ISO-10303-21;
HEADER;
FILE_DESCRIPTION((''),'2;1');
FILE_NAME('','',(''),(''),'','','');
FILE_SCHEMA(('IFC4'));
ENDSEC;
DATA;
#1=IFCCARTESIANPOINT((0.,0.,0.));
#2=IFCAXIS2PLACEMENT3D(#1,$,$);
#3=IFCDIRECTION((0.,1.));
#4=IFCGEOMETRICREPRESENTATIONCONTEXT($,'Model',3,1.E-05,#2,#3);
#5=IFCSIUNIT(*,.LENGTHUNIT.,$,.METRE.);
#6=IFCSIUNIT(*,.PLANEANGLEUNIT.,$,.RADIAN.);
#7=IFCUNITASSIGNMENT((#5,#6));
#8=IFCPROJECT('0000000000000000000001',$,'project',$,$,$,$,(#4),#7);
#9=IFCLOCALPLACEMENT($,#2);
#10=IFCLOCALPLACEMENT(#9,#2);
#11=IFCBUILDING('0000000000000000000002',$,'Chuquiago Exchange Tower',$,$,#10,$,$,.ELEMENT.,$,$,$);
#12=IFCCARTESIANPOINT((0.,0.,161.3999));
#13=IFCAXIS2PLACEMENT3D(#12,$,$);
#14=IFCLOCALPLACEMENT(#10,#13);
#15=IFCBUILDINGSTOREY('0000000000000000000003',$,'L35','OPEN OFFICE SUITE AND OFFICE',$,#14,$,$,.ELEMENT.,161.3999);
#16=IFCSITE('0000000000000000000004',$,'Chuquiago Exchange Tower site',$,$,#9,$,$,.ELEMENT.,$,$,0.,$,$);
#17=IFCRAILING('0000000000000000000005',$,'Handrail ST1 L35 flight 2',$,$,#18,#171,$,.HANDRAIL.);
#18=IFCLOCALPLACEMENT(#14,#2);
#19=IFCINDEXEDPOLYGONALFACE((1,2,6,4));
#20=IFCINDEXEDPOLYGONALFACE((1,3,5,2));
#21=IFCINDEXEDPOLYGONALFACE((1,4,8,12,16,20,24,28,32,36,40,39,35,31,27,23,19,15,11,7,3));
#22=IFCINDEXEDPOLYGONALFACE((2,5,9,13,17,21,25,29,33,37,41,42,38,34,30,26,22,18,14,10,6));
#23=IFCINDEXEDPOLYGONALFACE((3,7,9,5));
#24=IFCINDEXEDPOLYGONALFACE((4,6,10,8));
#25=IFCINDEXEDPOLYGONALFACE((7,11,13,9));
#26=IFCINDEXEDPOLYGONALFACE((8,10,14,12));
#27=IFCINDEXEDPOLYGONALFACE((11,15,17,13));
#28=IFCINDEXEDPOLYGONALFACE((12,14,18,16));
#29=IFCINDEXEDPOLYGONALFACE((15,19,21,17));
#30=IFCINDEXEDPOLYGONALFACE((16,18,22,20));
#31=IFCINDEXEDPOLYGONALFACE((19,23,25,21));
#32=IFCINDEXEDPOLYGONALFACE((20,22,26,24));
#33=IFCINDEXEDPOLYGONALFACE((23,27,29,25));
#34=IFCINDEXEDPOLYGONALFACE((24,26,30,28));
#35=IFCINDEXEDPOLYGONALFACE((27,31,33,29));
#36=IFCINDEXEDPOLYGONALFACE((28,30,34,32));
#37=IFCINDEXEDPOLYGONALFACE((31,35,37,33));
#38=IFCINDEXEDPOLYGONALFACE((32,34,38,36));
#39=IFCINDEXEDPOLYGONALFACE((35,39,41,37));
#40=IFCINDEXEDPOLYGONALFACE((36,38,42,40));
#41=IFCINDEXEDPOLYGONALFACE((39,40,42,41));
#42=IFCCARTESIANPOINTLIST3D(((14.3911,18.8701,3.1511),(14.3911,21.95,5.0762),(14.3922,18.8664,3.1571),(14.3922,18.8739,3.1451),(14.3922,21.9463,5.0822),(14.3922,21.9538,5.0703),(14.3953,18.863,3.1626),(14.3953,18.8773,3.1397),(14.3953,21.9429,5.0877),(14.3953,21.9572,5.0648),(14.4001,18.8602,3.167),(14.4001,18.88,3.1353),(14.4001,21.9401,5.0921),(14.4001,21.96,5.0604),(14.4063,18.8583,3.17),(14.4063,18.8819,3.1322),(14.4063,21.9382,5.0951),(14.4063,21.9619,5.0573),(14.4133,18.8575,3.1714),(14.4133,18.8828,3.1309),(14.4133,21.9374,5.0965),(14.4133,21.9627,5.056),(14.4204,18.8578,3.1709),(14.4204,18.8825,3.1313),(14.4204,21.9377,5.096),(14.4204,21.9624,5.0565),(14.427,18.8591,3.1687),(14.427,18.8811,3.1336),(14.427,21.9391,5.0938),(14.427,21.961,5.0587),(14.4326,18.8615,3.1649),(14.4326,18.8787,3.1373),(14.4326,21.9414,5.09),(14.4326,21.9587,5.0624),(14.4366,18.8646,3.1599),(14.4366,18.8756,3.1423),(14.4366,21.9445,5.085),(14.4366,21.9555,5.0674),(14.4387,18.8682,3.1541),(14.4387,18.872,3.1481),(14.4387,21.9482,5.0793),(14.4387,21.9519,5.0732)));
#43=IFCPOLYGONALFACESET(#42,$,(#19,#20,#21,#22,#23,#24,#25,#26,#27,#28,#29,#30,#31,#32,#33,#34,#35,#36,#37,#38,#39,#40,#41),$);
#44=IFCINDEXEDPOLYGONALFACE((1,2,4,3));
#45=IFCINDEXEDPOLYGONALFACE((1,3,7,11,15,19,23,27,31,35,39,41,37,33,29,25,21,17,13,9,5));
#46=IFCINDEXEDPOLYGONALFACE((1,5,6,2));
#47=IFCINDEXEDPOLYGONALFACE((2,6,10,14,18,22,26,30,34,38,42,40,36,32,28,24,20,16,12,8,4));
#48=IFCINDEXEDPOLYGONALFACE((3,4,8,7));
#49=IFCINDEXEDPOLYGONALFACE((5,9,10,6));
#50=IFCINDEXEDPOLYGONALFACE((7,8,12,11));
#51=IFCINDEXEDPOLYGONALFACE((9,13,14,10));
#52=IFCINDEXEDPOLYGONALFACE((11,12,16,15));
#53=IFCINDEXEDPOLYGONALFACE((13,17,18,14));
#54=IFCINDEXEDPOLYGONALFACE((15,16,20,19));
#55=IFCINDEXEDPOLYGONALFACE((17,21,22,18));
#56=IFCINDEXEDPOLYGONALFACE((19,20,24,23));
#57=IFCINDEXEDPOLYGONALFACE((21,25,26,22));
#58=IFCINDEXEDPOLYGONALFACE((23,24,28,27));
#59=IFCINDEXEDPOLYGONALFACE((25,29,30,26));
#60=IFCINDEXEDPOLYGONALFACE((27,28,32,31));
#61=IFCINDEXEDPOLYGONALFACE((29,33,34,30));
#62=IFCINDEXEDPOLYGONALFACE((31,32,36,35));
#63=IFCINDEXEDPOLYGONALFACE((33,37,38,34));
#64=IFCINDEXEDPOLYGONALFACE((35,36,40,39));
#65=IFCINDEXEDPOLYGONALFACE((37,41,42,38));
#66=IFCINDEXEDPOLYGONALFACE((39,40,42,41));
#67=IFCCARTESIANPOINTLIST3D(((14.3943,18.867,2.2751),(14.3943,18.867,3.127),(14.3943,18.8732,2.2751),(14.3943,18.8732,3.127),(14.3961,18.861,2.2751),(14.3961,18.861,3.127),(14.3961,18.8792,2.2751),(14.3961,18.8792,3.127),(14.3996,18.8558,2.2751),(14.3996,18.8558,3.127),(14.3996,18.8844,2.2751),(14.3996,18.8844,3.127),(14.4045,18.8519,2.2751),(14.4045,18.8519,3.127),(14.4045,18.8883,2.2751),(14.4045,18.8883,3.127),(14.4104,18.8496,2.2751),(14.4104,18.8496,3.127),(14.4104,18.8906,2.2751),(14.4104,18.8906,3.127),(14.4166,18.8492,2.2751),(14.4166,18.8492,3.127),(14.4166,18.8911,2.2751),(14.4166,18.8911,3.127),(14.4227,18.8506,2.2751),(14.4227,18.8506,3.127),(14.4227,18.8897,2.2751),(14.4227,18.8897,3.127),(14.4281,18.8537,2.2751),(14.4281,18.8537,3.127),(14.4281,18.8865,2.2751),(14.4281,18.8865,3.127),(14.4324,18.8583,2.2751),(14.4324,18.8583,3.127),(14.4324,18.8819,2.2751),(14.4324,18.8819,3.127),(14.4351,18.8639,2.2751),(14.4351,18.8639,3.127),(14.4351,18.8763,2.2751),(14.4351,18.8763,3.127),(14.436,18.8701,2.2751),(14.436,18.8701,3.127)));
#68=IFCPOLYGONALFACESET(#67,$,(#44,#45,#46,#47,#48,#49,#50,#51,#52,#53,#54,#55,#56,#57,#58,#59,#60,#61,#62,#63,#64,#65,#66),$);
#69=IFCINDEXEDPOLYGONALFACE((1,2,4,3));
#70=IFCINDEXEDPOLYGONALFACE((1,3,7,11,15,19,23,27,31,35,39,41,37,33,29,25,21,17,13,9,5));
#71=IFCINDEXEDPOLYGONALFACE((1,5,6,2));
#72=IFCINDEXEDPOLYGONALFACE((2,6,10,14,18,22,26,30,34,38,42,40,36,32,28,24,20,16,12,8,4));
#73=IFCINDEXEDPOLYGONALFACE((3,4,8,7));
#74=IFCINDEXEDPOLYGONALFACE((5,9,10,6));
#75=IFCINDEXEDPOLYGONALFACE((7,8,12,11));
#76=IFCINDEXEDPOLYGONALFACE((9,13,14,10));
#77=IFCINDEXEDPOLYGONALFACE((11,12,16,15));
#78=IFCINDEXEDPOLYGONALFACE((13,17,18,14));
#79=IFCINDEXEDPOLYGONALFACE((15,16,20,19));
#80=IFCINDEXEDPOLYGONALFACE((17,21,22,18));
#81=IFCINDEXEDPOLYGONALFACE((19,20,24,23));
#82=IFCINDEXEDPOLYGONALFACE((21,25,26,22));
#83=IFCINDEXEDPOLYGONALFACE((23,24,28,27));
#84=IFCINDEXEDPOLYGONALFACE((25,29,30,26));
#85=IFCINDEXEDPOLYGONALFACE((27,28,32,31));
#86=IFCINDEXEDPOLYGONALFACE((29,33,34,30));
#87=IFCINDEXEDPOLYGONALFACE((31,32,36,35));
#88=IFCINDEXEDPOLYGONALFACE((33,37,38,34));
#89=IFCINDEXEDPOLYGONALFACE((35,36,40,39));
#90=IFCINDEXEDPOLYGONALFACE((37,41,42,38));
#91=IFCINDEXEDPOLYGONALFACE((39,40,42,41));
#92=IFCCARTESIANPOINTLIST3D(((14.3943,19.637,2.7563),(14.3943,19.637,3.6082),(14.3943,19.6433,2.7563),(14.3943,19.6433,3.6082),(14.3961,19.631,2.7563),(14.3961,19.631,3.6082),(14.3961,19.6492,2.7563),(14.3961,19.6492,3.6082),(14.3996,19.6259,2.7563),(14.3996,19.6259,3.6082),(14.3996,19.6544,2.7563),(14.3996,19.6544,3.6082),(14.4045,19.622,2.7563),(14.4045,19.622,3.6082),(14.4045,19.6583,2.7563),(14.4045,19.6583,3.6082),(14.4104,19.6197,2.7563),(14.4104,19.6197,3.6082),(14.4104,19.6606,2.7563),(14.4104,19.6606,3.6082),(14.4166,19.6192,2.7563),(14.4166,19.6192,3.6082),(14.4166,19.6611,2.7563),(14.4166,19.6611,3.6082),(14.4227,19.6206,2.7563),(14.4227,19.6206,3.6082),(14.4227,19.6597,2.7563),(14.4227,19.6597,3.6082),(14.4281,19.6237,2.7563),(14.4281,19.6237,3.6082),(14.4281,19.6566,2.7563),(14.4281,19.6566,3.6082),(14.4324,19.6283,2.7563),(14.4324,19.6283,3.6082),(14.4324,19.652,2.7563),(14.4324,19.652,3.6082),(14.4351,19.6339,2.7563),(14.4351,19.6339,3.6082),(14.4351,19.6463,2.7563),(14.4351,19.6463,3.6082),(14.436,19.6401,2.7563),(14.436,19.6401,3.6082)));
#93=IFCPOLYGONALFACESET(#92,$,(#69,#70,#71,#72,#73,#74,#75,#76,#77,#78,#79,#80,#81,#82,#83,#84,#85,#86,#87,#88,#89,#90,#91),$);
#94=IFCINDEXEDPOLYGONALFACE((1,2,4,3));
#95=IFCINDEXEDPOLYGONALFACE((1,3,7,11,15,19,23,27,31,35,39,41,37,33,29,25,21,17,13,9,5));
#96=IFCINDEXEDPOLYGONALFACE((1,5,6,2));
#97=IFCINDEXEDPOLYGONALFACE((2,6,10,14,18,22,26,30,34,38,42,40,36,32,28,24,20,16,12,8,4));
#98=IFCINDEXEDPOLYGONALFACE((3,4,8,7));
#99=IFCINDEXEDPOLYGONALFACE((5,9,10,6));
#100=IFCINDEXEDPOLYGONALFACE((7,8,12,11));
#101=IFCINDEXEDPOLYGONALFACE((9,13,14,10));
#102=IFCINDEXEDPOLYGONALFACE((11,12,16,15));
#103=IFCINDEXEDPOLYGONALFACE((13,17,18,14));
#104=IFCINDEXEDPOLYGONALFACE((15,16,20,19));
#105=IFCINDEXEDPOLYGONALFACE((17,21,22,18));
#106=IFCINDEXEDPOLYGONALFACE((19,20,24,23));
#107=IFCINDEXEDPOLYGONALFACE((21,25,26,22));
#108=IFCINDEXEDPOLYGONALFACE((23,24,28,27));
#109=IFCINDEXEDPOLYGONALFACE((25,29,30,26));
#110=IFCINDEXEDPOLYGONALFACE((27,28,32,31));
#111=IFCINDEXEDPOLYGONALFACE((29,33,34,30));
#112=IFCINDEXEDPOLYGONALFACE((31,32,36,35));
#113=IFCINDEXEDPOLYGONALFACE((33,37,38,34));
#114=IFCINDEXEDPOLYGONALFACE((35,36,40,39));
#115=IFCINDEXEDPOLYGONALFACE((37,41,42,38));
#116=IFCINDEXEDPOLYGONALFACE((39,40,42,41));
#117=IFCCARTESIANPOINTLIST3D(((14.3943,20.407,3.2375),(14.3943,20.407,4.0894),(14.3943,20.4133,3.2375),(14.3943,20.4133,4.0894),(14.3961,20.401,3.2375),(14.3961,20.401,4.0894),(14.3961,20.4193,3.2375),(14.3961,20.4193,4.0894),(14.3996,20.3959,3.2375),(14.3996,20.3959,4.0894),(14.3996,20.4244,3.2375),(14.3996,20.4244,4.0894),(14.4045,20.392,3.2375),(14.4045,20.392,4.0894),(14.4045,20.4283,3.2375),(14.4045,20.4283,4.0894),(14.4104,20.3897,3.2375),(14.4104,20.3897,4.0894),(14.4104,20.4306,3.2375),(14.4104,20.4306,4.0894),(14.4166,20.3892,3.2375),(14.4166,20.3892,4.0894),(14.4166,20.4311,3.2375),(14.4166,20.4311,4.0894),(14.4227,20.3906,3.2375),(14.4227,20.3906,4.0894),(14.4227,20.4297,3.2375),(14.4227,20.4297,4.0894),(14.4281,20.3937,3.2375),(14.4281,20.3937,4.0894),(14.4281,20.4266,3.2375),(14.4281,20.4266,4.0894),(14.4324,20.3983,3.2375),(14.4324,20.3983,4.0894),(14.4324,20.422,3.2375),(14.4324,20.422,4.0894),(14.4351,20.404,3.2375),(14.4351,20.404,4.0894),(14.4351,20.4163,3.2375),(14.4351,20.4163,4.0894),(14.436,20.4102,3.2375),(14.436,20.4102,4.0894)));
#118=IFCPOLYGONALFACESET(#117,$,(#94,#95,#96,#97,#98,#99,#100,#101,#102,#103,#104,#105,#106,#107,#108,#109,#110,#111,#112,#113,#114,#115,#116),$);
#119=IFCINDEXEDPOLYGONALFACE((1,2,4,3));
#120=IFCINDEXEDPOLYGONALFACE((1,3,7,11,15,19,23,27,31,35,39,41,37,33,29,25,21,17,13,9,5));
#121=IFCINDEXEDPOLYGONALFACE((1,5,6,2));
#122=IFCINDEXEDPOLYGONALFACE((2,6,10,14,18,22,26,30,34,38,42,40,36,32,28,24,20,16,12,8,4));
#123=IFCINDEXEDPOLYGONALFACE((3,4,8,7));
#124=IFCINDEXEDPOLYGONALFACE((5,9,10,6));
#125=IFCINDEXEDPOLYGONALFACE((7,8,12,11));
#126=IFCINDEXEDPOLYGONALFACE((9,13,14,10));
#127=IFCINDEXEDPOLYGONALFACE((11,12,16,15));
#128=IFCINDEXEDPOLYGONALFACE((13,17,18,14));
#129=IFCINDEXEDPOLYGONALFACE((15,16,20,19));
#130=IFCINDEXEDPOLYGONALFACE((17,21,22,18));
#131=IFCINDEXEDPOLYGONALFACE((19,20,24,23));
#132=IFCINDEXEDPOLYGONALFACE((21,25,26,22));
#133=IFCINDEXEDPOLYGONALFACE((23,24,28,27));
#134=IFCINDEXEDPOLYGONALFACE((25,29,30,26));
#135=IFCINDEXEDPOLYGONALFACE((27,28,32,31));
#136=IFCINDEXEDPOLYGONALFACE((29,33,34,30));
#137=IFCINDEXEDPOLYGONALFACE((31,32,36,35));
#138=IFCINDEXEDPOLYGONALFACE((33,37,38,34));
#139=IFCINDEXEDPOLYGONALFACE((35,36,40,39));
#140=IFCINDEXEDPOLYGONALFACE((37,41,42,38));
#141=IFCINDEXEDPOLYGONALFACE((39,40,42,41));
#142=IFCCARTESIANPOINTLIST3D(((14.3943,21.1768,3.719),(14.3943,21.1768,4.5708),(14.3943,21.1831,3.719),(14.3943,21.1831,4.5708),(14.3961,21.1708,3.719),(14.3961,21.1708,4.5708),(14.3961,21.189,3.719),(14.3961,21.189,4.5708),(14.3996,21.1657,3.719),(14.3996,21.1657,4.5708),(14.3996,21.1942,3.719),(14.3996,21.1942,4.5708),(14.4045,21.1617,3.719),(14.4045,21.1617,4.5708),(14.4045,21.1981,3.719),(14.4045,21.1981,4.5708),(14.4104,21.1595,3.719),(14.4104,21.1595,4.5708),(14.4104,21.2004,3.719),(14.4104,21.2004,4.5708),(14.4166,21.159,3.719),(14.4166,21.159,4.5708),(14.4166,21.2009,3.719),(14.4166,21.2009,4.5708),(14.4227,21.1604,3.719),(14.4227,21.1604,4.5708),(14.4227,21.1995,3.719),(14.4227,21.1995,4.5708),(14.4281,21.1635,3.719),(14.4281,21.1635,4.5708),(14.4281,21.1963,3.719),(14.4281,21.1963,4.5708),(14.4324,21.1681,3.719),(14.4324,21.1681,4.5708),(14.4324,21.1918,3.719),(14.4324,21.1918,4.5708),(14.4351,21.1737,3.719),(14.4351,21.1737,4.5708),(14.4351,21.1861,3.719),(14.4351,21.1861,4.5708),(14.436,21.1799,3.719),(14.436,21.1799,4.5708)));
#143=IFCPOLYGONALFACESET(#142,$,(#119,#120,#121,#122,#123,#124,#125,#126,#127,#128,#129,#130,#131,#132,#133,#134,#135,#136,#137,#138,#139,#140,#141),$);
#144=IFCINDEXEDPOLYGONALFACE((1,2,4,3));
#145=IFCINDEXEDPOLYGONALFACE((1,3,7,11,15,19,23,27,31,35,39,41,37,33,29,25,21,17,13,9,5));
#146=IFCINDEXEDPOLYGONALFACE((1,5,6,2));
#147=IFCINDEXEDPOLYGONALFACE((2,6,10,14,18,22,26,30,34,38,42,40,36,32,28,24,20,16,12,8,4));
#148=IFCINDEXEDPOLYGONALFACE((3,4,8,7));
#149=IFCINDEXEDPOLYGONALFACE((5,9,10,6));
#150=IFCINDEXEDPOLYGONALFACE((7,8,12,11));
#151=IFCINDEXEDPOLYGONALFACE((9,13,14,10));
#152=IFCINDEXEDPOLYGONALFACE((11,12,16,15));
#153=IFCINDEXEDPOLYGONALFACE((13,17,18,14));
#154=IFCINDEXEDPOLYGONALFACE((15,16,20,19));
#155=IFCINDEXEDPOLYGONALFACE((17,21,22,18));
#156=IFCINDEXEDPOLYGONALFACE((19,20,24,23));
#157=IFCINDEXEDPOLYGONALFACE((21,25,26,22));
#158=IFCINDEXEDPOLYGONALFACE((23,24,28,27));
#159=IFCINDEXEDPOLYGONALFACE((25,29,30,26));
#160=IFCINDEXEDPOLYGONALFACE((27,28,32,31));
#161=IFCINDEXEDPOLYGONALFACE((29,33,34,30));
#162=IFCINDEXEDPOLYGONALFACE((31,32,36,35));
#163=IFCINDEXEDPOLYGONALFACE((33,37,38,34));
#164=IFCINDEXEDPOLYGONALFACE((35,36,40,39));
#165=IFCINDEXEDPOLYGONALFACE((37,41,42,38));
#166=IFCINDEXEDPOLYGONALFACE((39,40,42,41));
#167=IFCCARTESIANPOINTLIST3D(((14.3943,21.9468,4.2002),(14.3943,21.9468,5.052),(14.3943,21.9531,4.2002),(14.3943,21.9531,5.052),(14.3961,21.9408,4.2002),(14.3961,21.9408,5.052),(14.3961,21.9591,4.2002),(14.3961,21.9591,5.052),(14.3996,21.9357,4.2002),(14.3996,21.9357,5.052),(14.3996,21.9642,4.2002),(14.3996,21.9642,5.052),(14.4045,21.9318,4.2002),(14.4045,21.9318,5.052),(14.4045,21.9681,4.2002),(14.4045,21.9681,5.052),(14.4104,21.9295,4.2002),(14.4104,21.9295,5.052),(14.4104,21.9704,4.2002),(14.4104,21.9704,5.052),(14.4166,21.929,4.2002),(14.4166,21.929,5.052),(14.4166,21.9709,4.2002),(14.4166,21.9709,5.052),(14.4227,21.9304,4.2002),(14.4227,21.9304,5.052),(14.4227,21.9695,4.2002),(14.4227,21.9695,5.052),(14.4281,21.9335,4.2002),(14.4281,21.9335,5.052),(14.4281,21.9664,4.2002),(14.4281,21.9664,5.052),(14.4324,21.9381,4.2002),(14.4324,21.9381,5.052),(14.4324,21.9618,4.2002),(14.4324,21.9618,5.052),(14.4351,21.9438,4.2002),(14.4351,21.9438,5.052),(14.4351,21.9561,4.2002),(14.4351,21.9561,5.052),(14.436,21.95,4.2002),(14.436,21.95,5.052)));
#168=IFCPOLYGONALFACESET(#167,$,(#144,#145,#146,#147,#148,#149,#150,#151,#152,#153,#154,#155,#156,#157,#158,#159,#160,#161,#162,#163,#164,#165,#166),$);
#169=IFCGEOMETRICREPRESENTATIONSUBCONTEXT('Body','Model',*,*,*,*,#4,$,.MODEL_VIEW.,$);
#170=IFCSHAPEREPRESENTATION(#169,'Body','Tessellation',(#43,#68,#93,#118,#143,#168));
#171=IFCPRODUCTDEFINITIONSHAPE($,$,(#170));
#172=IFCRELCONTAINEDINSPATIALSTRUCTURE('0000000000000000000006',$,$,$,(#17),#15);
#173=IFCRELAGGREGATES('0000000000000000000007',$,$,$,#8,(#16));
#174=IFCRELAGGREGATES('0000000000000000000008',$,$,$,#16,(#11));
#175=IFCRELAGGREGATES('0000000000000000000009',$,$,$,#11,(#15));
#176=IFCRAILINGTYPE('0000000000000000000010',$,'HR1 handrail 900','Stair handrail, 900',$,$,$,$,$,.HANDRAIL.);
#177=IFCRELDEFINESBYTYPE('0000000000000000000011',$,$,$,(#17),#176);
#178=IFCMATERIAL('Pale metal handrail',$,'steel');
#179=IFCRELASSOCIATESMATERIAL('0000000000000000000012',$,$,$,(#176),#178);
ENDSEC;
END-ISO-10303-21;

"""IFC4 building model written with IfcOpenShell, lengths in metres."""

from ifc_helpers import new_model, si_unit, direction, frame, origin, origin_2d, place, context, subcontext, project, spatial, circle, extrude, material, type_object, element, save


model = new_model("IFC4")

# Units and contexts
model_context = context("Model", 3, precision=1e-05, world=origin(), true_north=direction((0.0, 1.0)))
body_context = subcontext(model_context, "Body", "Model", "MODEL_VIEW")
ifc_project = project(units=[si_unit("LENGTHUNIT", "METRE"), si_unit("PLANEANGLEUNIT", "RADIAN")], contexts=[model_context])

# Site, building, storey
site_placement = place(None, origin())
site = spatial("IfcSite", under=ifc_project, at=site_placement, Name="Chuquiago Exchange Tower site", CompositionType="ELEMENT", RefElevation=0.0)
building_placement = place(site_placement, origin())
building = spatial("IfcBuilding", under=site, at=building_placement, Name="Chuquiago Exchange Tower", CompositionType="ELEMENT")
storey_placement = place(building_placement, frame((0.0, 0.0, 161.3999)))
storey = spatial("IfcBuildingStorey", under=building, at=storey_placement, Name="L35", Description="OPEN OFFICE SUITE AND OFFICE", CompositionType="ELEMENT", Elevation=161.3999)

# Railing
ifc_material_1 = material(Name="Pale metal handrail", Category="steel")
railing_type_1 = type_object("IfcRailingType", Name="HR1 handrail 900", Description="Stair handrail, 900", PredefinedType="HANDRAIL", material=ifc_material_1)
for number, where, name in (
    (1, (14.415, 18.8701, 2.2751), "Handrail ST1 L35 flight 2"),
):
    element("IfcRailing", number, at=place(storey_placement, frame(where)), inside=storey, type_object=railing_type_1, Name=name, PredefinedType="HANDRAIL", context=body_context, shape_type="SweptSolid", body=[
        extrude(circle(Radius=0.0239, at=origin_2d()), frame((0.0, 0.0, 0.876), z_axis=(0.0, 0.847979, 0.530029), x_axis=(-1.0, 0.0, 0.0)), (0.0, 0.0, 1.0), 3.6321),
        extrude(circle(Radius=0.021, at=origin_2d()), origin(), (0.0, 0.0, 1.0), 0.8518),
        extrude(circle(Radius=0.021, at=origin_2d()), frame((0.0, 0.77, 0.4812)), (0.0, 0.0, 1.0), 0.8518),
        extrude(circle(Radius=0.021, at=origin_2d()), frame((0.0, 1.54, 0.9624)), (0.0, 0.0, 1.0), 0.8518),
        extrude(circle(Radius=0.021, at=origin_2d()), frame((0.0, 2.3098, 1.4438)), (0.0, 0.0, 1.0), 0.8518),
        extrude(circle(Radius=0.021, at=origin_2d()), frame((0.0, 3.0798, 1.925)), (0.0, 0.0, 1.0), 0.8518),
    ])

save(model, "model.ifc")
